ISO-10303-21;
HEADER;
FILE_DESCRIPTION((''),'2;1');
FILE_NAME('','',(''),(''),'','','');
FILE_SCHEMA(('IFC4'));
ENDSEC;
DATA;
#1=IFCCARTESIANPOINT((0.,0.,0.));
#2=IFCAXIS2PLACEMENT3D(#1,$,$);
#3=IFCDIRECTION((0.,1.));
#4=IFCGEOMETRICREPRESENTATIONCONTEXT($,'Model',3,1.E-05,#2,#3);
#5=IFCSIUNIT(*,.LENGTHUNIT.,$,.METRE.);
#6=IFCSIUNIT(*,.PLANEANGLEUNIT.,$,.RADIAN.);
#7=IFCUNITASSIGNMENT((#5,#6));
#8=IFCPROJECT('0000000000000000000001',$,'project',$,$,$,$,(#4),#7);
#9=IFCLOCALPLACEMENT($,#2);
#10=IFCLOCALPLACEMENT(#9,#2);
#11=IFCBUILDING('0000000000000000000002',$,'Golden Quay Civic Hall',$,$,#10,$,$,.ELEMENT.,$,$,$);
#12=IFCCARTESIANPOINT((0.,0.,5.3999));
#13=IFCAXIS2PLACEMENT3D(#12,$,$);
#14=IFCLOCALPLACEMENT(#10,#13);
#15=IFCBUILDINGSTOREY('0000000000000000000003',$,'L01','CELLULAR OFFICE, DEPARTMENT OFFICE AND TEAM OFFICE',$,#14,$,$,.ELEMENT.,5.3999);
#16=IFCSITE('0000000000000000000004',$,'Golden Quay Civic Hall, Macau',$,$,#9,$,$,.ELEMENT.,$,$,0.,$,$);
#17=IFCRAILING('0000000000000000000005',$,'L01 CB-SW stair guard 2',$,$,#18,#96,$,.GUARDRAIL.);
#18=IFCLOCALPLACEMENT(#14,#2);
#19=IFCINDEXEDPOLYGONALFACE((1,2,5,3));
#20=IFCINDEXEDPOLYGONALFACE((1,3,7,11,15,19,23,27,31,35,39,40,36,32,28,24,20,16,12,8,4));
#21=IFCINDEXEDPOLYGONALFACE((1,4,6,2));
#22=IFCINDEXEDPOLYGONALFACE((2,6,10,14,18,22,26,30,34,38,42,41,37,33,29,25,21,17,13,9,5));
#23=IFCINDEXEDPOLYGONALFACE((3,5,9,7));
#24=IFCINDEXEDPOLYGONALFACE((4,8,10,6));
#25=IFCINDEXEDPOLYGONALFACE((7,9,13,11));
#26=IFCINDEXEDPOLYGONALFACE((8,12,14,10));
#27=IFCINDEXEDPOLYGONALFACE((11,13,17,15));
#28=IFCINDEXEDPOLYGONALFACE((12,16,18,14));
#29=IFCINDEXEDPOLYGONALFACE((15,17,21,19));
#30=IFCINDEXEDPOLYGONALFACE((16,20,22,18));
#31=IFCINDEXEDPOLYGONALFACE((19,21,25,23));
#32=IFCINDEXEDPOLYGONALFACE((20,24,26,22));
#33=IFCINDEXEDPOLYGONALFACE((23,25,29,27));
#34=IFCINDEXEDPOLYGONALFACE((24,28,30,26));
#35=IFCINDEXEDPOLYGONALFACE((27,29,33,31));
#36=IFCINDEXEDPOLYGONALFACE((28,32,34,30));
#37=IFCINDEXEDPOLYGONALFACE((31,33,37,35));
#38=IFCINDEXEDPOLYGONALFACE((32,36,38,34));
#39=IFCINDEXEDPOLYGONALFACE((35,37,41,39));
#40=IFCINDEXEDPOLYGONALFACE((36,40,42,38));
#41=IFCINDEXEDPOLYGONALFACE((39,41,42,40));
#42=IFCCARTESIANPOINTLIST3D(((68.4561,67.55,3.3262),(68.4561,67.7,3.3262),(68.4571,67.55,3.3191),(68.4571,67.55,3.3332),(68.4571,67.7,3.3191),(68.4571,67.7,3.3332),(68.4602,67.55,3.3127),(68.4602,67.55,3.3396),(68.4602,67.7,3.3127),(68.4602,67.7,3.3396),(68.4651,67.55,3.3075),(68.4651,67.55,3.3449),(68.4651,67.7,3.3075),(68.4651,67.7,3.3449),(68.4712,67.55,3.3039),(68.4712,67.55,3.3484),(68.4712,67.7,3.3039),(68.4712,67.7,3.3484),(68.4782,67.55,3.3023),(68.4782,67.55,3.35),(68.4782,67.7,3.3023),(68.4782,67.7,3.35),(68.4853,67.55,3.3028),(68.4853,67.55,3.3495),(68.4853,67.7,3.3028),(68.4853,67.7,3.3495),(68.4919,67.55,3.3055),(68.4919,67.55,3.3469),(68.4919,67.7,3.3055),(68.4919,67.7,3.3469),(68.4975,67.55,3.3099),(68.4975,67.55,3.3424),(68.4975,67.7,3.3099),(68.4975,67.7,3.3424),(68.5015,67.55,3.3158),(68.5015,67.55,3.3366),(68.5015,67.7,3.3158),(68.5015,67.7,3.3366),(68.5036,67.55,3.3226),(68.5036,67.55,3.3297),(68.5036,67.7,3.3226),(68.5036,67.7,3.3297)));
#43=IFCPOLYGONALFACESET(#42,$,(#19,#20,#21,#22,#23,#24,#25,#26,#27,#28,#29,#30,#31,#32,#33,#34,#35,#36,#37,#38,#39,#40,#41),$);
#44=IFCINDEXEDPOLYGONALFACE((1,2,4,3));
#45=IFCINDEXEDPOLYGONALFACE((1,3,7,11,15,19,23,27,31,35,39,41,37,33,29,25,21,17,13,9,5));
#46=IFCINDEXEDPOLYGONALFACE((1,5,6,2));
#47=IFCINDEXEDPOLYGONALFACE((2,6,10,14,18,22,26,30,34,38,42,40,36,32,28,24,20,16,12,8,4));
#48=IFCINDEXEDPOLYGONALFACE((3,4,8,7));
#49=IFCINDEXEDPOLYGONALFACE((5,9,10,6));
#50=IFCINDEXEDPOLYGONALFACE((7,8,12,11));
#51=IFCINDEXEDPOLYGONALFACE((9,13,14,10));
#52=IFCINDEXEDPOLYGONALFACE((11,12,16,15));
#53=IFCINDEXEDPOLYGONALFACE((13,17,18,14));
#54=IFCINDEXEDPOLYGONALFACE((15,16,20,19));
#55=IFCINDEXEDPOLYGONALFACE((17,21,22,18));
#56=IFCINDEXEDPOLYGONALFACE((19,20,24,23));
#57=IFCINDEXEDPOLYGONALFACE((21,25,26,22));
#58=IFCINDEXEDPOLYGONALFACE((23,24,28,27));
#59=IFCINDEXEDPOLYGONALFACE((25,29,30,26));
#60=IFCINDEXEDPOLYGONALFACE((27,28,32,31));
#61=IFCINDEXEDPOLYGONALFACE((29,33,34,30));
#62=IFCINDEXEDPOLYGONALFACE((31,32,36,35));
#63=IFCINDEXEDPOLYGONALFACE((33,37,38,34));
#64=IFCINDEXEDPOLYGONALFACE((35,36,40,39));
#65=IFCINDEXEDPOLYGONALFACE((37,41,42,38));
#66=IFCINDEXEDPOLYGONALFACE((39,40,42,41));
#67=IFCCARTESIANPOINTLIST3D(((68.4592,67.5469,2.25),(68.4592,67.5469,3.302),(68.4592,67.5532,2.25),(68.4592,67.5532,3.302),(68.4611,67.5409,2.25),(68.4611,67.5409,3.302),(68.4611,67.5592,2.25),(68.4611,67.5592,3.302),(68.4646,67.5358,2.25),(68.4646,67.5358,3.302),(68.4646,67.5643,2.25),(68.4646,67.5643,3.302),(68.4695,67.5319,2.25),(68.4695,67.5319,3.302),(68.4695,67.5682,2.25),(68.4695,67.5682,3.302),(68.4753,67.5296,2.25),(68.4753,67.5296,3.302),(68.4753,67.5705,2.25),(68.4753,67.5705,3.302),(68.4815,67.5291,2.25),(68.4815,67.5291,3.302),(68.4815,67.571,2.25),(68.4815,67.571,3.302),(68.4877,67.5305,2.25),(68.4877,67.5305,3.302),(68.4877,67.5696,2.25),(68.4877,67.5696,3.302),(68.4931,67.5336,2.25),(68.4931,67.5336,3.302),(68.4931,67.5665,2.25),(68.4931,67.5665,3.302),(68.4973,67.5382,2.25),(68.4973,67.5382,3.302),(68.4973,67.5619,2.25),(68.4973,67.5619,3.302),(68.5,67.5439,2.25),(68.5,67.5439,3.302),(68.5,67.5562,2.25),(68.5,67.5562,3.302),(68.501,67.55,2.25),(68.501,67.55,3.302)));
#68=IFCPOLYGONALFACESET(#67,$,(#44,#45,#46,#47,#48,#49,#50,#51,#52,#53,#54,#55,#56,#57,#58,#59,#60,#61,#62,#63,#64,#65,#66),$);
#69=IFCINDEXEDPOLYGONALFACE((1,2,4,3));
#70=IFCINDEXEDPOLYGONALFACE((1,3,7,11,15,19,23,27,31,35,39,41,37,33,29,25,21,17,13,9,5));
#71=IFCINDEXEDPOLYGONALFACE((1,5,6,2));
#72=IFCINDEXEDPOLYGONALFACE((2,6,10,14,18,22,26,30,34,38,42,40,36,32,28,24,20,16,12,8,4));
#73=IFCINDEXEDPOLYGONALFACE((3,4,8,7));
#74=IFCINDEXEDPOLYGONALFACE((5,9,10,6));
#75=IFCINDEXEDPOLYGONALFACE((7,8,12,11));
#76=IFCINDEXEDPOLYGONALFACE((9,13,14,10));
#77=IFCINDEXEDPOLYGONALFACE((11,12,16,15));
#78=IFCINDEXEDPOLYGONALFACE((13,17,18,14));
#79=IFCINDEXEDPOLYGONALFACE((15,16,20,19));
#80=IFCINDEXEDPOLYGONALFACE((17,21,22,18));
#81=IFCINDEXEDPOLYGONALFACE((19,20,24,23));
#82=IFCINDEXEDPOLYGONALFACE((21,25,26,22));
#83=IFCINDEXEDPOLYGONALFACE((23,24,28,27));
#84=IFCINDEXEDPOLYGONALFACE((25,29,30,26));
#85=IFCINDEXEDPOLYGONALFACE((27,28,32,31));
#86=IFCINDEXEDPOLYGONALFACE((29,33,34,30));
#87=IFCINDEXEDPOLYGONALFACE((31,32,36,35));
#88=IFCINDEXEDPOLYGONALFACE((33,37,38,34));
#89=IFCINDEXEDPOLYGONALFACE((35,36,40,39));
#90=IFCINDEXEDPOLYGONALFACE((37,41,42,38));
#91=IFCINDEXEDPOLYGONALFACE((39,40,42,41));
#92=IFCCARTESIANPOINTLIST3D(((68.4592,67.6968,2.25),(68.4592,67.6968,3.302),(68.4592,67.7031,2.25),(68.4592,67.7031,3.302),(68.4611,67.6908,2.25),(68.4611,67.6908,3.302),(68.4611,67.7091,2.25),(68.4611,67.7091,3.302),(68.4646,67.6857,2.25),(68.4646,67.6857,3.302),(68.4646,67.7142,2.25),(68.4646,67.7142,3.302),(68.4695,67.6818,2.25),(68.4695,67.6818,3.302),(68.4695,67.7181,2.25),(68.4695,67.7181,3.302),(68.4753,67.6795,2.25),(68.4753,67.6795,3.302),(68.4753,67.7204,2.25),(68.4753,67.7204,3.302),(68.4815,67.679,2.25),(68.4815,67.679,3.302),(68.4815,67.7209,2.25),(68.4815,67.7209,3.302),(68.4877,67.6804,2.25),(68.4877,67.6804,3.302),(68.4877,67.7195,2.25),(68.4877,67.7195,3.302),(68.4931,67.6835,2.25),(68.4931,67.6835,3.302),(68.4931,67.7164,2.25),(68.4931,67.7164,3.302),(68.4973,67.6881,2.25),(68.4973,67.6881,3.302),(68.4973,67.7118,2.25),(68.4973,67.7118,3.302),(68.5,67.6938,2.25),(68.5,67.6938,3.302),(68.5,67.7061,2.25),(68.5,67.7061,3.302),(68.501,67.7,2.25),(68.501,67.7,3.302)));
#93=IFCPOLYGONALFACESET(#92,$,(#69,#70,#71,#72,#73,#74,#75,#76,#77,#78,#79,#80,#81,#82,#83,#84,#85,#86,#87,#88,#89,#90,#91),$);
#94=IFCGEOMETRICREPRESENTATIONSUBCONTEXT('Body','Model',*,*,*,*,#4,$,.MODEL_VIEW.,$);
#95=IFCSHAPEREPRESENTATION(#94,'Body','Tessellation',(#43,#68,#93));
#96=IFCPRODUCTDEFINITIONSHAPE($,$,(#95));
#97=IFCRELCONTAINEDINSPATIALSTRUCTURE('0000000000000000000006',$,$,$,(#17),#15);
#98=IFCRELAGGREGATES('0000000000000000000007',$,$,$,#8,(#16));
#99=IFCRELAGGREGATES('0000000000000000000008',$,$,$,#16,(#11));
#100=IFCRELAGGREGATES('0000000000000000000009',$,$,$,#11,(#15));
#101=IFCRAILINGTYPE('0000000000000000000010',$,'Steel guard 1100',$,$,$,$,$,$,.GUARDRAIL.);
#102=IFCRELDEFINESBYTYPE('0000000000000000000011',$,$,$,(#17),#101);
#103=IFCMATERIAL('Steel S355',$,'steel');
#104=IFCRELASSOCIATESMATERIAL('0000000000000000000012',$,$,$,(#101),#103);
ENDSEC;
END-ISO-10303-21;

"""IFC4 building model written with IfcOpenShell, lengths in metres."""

from ifc_helpers import new_model, si_unit, direction, frame, origin, origin_2d, place, context, subcontext, project, spatial, circle, extrude, material, type_object, element, save


model = new_model("IFC4")

# Units and contexts
model_context = context("Model", 3, precision=1e-05, world=origin(), true_north=direction((0.0, 1.0)))
body_context = subcontext(model_context, "Body", "Model", "MODEL_VIEW")
ifc_project = project(units=[si_unit("LENGTHUNIT", "METRE"), si_unit("PLANEANGLEUNIT", "RADIAN")], contexts=[model_context])

# Site, building, storey
site_placement = place(None, origin())
site = spatial("IfcSite", under=ifc_project, at=site_placement, Name="Golden Quay Civic Hall, Macau", CompositionType="ELEMENT", RefElevation=0.0)
building_placement = place(site_placement, origin())
building = spatial("IfcBuilding", under=site, at=building_placement, Name="Golden Quay Civic Hall", CompositionType="ELEMENT")
storey_placement = place(building_placement, frame((0.0, 0.0, 5.3999)))
storey = spatial("IfcBuildingStorey", under=building, at=storey_placement, Name="L01", Description="CELLULAR OFFICE, DEPARTMENT OFFICE AND TEAM OFFICE", CompositionType="ELEMENT", Elevation=5.3999)

# Railing
ifc_material_1 = material(Name="Steel S355", Category="steel")
railing_type_1 = type_object("IfcRailingType", Name="Steel guard 1100", PredefinedType="GUARDRAIL", material=ifc_material_1)
railing_1_placement = place(storey_placement, frame((68.48, 67.55, 2.25)))
element("IfcRailing", 1, at=railing_1_placement, inside=storey, type_object=railing_type_1, Name="L01 CB-SW stair guard 2", PredefinedType="GUARDRAIL", context=body_context, shape_type="SweptSolid", body=[
    extrude(circle(Radius=0.0239, at=origin_2d()), frame((0.0, 0.0, 1.0762), z_axis=(0.0, 1.0, 0.0), x_axis=(-1.0, 0.0, 0.0)), (0.0, 0.0, 1.0), 0.1499),
    extrude(circle(Radius=0.021, at=origin_2d()), origin(), (0.0, 0.0, 1.0), 1.052),
    extrude(circle(Radius=0.021, at=origin_2d()), frame((0.0, 0.1499, 0.0)), (0.0, 0.0, 1.0), 1.052),
])

save(model, "model.ifc")
